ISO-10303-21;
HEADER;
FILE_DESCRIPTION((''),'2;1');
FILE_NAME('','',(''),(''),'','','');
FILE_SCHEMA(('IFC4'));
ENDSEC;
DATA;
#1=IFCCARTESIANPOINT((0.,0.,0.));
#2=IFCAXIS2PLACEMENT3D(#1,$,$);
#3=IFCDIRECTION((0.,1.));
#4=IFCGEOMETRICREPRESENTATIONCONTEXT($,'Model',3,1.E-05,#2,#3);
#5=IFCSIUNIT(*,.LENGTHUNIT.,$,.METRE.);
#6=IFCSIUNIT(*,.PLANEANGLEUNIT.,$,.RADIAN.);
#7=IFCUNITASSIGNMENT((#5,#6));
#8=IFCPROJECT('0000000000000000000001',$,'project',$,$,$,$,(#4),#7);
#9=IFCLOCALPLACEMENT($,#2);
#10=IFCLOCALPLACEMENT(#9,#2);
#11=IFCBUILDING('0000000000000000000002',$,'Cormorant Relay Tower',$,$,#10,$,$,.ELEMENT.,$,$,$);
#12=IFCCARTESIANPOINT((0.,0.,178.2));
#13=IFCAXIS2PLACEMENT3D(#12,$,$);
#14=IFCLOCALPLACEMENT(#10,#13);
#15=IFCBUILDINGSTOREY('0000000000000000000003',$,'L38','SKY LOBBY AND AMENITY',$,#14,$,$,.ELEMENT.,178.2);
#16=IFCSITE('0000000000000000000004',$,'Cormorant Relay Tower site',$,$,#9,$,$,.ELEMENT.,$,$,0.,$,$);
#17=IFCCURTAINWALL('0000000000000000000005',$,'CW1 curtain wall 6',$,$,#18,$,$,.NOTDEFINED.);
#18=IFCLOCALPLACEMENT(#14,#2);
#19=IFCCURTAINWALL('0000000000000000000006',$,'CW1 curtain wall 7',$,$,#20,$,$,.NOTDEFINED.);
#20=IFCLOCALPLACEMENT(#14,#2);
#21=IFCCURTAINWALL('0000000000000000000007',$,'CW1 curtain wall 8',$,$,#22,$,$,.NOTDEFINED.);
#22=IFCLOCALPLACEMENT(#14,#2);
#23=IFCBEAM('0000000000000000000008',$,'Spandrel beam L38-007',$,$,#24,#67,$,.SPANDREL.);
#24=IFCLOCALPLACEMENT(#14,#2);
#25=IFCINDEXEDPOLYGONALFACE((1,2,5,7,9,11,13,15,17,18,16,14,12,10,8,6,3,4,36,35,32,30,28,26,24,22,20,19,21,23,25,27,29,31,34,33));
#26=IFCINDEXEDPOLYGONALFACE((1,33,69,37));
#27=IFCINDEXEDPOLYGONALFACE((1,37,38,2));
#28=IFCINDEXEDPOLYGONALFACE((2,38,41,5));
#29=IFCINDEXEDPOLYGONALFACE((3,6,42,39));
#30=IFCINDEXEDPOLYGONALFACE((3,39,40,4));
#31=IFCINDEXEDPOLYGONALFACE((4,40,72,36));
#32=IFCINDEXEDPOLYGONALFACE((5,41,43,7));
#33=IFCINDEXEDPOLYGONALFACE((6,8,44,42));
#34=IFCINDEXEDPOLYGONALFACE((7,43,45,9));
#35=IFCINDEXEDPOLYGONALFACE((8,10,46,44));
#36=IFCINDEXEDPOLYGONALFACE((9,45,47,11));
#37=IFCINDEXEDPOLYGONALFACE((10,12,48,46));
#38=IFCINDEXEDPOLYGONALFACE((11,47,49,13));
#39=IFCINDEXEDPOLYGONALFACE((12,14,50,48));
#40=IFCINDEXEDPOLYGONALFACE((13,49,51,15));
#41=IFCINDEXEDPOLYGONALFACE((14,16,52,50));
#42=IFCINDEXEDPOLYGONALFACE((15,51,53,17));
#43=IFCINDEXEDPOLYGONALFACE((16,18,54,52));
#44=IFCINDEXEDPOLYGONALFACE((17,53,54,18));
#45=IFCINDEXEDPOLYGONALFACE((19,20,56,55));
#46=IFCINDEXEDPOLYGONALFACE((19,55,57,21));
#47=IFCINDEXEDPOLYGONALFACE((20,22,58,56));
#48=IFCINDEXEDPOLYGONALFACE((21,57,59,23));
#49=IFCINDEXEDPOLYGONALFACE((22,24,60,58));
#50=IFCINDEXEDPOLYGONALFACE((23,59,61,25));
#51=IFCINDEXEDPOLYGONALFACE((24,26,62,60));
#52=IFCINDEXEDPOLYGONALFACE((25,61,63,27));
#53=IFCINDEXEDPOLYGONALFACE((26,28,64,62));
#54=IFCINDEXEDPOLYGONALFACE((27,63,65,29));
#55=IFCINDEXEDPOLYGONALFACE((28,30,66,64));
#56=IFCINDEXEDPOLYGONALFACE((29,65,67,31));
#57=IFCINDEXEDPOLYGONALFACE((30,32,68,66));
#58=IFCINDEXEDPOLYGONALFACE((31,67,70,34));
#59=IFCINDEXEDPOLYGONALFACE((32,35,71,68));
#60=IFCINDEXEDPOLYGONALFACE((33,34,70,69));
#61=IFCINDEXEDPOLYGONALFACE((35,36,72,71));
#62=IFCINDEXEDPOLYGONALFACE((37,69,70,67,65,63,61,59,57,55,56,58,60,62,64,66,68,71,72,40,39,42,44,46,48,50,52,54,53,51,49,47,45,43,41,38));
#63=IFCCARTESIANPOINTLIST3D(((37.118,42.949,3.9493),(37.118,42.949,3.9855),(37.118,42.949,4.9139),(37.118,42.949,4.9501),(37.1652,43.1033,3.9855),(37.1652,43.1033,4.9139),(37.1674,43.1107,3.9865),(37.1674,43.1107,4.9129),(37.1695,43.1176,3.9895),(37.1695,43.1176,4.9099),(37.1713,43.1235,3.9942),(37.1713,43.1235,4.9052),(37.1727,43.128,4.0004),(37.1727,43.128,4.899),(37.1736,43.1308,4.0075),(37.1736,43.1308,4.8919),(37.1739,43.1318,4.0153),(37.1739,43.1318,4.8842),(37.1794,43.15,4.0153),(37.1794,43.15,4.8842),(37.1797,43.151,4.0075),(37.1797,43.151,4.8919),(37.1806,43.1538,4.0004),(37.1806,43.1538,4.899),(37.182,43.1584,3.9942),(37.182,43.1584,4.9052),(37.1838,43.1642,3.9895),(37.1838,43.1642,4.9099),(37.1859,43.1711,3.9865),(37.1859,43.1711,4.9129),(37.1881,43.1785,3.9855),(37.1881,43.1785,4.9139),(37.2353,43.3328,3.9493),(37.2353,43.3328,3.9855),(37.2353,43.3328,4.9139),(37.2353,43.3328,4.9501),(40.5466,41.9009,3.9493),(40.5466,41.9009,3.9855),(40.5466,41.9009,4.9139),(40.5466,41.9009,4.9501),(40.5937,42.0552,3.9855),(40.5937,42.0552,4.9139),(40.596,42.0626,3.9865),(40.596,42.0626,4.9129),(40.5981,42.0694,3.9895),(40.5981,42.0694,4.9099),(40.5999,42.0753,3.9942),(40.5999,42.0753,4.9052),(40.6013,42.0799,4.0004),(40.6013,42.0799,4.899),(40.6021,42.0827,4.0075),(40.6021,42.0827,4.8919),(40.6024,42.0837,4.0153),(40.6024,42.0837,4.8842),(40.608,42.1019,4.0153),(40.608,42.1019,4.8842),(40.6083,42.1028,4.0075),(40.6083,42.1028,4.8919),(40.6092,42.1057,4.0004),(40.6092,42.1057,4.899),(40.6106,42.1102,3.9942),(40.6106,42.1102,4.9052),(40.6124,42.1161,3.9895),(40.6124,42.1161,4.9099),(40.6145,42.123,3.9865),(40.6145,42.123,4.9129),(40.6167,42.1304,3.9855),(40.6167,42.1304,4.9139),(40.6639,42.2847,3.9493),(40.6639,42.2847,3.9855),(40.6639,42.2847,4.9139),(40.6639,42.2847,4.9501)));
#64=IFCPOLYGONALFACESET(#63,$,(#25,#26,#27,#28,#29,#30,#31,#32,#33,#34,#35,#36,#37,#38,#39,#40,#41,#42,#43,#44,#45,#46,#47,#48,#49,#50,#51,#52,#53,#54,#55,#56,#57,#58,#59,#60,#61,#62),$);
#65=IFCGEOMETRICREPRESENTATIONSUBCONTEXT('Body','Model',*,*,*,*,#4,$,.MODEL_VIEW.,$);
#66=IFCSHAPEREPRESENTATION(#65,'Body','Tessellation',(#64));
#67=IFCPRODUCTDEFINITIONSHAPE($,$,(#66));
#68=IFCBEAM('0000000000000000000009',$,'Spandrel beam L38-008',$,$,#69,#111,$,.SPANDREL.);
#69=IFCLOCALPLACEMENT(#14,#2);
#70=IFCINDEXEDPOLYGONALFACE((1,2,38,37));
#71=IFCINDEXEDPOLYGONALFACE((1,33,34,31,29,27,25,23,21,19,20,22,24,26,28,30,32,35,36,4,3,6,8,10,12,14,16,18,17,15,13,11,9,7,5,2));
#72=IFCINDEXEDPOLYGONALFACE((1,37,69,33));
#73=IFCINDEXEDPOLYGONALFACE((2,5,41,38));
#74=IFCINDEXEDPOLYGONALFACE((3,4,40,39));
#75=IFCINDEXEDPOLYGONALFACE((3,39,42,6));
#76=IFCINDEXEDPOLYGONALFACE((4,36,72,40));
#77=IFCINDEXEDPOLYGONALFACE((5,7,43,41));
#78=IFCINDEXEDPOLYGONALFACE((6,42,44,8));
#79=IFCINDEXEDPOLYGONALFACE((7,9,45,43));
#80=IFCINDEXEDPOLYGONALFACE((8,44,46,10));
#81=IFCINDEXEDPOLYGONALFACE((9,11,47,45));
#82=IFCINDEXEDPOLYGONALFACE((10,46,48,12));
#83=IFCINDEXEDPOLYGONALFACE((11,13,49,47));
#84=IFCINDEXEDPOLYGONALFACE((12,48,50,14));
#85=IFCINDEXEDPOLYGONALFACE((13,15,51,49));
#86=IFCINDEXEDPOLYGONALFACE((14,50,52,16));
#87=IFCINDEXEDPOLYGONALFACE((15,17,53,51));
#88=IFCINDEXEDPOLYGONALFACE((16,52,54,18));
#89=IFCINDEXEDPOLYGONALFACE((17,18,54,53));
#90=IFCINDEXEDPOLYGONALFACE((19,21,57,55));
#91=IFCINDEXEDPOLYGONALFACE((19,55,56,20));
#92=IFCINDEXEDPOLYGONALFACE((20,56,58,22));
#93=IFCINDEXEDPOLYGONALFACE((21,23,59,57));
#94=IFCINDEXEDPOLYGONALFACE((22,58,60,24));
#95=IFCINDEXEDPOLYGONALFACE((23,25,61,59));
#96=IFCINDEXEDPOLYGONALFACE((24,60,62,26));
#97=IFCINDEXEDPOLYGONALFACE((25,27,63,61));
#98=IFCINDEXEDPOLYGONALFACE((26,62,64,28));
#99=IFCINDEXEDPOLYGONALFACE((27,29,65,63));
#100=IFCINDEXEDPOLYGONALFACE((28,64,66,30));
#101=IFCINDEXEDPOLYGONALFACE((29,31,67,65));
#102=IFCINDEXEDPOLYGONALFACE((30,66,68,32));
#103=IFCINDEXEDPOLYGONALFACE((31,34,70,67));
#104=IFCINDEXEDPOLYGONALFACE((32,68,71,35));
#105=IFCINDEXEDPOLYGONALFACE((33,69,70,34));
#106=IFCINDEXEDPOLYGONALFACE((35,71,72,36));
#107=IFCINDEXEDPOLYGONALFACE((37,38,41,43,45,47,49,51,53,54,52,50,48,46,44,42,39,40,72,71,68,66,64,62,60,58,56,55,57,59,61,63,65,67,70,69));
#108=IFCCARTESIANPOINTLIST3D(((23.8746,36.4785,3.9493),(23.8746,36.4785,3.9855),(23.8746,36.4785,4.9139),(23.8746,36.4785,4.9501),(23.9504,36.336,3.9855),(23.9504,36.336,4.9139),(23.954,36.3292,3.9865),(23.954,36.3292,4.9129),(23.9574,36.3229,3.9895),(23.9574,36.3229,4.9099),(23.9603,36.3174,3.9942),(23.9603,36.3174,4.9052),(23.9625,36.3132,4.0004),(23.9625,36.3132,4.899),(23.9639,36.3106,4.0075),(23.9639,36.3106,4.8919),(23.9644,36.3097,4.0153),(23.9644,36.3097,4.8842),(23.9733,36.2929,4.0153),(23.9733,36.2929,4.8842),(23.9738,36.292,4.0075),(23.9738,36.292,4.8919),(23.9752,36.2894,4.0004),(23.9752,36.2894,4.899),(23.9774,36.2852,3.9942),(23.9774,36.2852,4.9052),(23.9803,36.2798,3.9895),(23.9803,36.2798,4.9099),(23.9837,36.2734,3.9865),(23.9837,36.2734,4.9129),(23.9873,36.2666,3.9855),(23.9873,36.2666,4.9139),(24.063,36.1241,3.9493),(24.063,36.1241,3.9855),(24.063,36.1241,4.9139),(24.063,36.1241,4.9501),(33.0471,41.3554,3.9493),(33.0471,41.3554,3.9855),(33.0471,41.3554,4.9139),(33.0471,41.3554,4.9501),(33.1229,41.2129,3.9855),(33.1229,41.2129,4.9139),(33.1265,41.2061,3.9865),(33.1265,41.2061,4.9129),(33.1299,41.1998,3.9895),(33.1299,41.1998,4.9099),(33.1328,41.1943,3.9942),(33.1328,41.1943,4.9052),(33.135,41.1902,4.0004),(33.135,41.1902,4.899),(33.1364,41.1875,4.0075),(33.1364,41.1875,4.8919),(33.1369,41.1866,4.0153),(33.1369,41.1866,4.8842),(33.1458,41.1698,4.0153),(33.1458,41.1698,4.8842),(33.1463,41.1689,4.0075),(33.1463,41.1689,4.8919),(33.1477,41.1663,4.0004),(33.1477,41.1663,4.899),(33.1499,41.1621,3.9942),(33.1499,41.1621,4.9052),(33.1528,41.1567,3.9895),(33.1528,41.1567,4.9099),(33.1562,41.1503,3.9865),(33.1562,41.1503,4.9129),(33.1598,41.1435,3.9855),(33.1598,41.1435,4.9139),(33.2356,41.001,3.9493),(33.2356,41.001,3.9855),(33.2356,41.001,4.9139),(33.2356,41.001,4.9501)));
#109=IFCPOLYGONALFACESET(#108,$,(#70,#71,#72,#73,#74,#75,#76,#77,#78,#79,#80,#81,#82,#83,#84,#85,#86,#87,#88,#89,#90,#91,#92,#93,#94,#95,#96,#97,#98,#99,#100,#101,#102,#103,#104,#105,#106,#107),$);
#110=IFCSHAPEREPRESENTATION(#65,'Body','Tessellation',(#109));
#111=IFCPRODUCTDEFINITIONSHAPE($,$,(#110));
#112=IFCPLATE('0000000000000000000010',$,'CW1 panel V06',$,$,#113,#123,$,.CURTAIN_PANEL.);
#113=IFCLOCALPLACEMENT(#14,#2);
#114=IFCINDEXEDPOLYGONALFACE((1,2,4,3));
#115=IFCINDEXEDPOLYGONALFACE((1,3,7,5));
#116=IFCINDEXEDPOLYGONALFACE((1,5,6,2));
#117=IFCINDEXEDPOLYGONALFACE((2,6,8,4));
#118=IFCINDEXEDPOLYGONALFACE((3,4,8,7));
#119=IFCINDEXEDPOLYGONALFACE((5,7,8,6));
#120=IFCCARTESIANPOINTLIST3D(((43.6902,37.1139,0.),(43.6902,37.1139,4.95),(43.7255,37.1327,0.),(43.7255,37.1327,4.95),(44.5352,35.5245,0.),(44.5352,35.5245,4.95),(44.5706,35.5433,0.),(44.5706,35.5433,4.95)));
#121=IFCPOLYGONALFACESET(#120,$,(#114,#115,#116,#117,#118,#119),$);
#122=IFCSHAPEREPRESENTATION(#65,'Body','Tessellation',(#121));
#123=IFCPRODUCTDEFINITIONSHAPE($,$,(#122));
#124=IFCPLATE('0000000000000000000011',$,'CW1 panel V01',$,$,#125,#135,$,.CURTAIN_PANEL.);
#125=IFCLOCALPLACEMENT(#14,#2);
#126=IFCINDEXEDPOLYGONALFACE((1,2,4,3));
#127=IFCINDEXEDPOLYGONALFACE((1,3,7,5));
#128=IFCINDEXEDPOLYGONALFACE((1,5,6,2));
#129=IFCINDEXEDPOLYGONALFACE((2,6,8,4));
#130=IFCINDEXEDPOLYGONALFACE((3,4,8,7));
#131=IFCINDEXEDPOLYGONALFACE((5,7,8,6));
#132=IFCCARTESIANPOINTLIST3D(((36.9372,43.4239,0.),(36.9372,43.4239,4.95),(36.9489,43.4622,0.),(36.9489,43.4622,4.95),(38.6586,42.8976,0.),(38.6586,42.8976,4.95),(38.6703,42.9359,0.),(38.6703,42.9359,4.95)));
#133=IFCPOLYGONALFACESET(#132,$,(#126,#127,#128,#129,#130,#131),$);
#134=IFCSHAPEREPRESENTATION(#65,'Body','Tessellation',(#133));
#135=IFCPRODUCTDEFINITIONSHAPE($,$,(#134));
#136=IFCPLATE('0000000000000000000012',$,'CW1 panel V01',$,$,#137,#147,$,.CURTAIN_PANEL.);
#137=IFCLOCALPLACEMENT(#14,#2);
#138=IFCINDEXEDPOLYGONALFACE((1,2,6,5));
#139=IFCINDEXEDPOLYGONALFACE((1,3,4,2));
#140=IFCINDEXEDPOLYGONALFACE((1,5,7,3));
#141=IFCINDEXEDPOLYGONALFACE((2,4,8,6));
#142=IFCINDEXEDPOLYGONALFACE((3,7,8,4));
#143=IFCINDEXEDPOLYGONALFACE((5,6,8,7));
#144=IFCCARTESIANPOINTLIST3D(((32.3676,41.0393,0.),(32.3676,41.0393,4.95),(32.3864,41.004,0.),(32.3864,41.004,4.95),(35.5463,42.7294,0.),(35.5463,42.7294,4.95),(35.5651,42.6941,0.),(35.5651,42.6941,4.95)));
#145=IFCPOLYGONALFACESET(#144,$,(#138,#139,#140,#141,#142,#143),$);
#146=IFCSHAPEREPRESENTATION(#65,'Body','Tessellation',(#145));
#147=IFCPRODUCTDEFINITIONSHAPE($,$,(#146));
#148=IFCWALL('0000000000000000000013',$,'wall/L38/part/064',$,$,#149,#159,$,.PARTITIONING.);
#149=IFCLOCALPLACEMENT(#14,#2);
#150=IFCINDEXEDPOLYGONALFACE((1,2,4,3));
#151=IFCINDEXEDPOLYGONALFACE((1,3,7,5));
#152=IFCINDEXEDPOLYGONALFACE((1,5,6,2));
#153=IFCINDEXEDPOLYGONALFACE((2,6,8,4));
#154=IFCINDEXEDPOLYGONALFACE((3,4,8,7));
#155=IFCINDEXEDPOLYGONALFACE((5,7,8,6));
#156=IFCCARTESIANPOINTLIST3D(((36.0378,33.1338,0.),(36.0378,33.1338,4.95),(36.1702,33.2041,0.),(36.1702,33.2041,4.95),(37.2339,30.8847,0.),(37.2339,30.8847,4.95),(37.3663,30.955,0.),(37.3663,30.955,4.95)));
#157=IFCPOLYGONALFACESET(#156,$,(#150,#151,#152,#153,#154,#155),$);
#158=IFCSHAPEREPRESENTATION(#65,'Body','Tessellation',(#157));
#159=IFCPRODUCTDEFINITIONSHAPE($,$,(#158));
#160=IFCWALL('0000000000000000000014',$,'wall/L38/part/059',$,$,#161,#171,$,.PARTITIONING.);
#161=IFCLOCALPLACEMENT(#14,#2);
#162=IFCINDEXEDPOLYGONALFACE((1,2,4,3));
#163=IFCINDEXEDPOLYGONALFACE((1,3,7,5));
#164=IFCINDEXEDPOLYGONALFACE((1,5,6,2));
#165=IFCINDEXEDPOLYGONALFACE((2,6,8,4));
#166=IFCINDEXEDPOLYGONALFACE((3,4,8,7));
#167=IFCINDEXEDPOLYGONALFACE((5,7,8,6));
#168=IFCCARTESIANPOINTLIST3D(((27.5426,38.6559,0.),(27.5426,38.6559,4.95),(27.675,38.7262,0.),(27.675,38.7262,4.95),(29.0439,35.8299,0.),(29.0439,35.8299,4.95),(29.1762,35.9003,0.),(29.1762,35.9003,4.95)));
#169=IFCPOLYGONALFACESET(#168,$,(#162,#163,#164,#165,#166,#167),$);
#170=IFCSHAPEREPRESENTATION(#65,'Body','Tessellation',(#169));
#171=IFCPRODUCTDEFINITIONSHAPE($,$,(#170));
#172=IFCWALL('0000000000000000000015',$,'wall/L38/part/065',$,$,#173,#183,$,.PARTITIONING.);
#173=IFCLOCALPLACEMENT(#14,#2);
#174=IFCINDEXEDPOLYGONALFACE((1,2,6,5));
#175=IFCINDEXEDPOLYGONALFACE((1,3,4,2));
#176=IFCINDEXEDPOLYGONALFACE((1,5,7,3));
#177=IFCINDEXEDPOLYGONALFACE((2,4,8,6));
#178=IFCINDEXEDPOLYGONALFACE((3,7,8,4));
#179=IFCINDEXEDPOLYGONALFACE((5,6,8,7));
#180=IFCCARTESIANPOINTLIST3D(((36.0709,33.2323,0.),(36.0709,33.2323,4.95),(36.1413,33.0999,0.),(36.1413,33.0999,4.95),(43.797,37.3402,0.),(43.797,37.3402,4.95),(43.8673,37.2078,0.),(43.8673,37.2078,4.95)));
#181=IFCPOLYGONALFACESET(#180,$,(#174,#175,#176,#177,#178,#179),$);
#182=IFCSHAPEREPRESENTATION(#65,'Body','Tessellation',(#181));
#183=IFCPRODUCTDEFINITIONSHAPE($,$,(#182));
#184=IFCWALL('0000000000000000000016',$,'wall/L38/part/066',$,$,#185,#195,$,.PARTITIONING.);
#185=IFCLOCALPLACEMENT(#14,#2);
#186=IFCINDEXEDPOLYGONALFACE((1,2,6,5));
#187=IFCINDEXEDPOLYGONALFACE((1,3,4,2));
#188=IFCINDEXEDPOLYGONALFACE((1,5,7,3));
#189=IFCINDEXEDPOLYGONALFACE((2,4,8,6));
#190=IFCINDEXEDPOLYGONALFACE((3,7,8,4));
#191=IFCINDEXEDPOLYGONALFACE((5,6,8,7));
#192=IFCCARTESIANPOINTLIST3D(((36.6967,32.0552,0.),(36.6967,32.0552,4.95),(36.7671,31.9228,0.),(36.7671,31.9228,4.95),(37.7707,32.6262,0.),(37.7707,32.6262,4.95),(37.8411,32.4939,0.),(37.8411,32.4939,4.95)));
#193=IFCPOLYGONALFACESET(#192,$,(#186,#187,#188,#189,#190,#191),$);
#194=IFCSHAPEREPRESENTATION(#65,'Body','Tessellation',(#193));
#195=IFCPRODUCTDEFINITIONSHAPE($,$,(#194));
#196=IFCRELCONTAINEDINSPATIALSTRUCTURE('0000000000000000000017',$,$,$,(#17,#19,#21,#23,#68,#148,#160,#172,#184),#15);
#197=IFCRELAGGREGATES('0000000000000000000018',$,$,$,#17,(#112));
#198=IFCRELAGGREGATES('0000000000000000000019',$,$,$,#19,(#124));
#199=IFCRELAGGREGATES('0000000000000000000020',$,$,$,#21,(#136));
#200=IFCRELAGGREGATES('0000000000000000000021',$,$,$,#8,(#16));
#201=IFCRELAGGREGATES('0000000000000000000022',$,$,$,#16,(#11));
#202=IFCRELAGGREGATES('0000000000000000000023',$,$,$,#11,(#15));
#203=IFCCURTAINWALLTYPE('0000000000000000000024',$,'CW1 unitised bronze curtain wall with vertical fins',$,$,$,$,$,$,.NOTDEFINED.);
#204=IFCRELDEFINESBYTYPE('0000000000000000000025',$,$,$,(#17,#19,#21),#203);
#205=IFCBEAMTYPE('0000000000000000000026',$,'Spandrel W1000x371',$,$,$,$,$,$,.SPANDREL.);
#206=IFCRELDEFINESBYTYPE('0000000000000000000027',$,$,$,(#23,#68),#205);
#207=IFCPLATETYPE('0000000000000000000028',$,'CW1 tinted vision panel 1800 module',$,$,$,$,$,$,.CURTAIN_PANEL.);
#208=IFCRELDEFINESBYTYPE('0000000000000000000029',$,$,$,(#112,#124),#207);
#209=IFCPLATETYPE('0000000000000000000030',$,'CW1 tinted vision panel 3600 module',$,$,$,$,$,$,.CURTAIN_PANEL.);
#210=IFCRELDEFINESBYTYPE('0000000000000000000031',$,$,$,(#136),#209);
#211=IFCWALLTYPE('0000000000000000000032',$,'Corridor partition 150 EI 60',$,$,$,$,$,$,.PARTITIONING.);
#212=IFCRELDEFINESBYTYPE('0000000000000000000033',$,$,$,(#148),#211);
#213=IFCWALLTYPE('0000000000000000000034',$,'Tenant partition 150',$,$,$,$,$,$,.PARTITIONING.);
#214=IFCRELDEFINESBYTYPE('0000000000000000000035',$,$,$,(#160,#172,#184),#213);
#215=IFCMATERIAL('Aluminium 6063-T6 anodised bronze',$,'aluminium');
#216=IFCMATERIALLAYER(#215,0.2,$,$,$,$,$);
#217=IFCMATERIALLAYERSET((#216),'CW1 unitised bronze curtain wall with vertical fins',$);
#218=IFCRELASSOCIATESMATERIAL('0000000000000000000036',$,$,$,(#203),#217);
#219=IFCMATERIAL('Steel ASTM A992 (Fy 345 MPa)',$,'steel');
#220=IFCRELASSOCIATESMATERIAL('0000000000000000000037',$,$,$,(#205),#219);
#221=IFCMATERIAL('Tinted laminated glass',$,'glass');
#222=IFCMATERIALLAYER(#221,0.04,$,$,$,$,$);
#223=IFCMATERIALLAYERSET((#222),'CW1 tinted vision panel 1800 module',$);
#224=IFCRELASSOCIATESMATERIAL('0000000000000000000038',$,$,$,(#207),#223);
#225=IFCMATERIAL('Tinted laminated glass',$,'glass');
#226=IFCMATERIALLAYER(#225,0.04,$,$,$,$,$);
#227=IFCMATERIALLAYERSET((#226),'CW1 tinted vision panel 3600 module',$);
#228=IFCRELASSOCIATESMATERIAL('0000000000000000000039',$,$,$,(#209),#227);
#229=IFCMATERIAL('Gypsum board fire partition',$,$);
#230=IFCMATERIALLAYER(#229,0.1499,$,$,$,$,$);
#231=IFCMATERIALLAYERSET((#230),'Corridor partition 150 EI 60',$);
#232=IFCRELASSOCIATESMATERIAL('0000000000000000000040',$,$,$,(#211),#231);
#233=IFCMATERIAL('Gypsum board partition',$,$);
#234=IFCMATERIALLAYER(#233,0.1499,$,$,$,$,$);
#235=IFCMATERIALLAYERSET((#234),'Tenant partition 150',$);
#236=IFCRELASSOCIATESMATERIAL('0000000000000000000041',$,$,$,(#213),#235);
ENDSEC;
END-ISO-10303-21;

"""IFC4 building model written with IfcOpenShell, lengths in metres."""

from ifc_helpers import new_model, si_unit, direction, frame, frame_2d, origin, origin_2d, place, context, subcontext, project, spatial, rectangle, i_section, extrude, material, layer, layer_set, material_profile, profile_set, type_object, element, aggregate, save


model = new_model("IFC4")

# Units and contexts
model_context = context("Model", 3, precision=1e-05, world=origin(), true_north=direction((0.0, 1.0)))
body_context = subcontext(model_context, "Body", "Model", "MODEL_VIEW")
ifc_project = project(units=[si_unit("LENGTHUNIT", "METRE"), si_unit("PLANEANGLEUNIT", "RADIAN")], contexts=[model_context])

# Site, building, storey
site_placement = place(None, origin())
site = spatial("IfcSite", under=ifc_project, at=site_placement, Name="Cormorant Relay Tower site", CompositionType="ELEMENT", RefElevation=0.0)
building_placement = place(site_placement, origin())
building = spatial("IfcBuilding", under=site, at=building_placement, Name="Cormorant Relay Tower", CompositionType="ELEMENT")
storey_placement = place(building_placement, frame((0.0, 0.0, 178.2)))
storey = spatial("IfcBuildingStorey", under=building, at=storey_placement, Name="L38", Description="SKY LOBBY AND AMENITY", CompositionType="ELEMENT", Elevation=178.2)

# Curtain wall
ifc_material_1 = material(Name="Aluminium 6063-T6 anodised bronze", Category="aluminium")
ifc_layer_1 = layer(ifc_material_1, 0.2)
ifc_layer_set_1 = layer_set([ifc_layer_1], Name="CW1 unitised bronze curtain wall with vertical fins")
curtain_wall_type = type_object("IfcCurtainWallType", Name="CW1 unitised bronze curtain wall with vertical fins", PredefinedType="NOTDEFINED", material=ifc_layer_set_1)
curtain_wall_1_placement = place(storey_placement, origin())
curtain_wall_1 = element("IfcCurtainWall", 1, at=curtain_wall_1_placement, inside=storey, type_object=curtain_wall_type, Name="CW1 curtain wall 6", PredefinedType="NOTDEFINED")

# Curtain wall
curtain_wall_2_placement = place(storey_placement, origin())
curtain_wall_2 = element("IfcCurtainWall", 2, at=curtain_wall_2_placement, inside=storey, type_object=curtain_wall_type, Name="CW1 curtain wall 7", PredefinedType="NOTDEFINED")

# Curtain wall
curtain_wall_3_placement = place(storey_placement, origin())
curtain_wall_3 = element("IfcCurtainWall", 3, at=curtain_wall_3_placement, inside=storey, type_object=curtain_wall_type, Name="CW1 curtain wall 8", PredefinedType="NOTDEFINED")

# Beams
ifc_material_2 = material(Name="Steel ASTM A992 (Fy 345 MPa)", Category="steel")
ifc_material_profile_1 = material_profile(ifc_material_2, i_section(OverallWidth=0.4014, OverallDepth=1.0007, WebThickness=0.019, FlangeThickness=0.0361, FilletRadius=0.0298, at=origin_2d()), Name="W1000x371")
ifc_profile_set_1 = profile_set([ifc_material_profile_1], Name="Steel ASTM A992 (Fy 345 MPa)")
beam_type = type_object("IfcBeamType", Name="Spandrel W1000x371", PredefinedType="SPANDREL", material=ifc_profile_set_1)
beam_1_placement = place(storey_placement, frame((40.6052, 42.0928, 4.4497), z_axis=(-0.956312, 0.292348, 0.0), x_axis=(-0.292348, -0.956312, 0.0)))
element("IfcBeam", 4, at=beam_1_placement, inside=storey, type_object=beam_type, Name="Spandrel beam L38-007", PredefinedType="SPANDREL", context=body_context, shape_type="SweptSolid", body=[
    extrude(i_section(OverallWidth=0.4014, OverallDepth=1.0007, WebThickness=0.019, FlangeThickness=0.0361, FilletRadius=0.0298, at=origin_2d()), origin(), (0.0, 0.0, 1.0), 3.5852),
])
beam_2_placement = place(storey_placement, frame((33.1414, 41.1782, 4.4497), z_axis=(-0.882956, -0.469456, 0.0), x_axis=(0.469456, -0.882956, 0.0)))
element("IfcBeam", 5, at=beam_2_placement, inside=storey, type_object=beam_type, Name="Spandrel beam L38-008", PredefinedType="SPANDREL", context=body_context, shape_type="SweptSolid", body=[
    extrude(i_section(OverallWidth=0.4014, OverallDepth=1.0007, WebThickness=0.019, FlangeThickness=0.0361, FilletRadius=0.0298, at=origin_2d()), origin(), (0.0, 0.0, 1.0), 10.3884),
])

# Plates
ifc_material_3 = material(Name="Tinted laminated glass", Category="glass")
ifc_layer_2 = layer(ifc_material_3, 0.04)
ifc_layer_set_2 = layer_set([ifc_layer_2], Name="CW1 tinted vision panel 1800 module")
plate_type_1 = type_object("IfcPlateType", Name="CW1 tinted vision panel 1800 module", PredefinedType="CURTAIN_PANEL", material=ifc_layer_set_2)
plate_1_placement = place(storey_placement, frame((44.1304, 36.3286, 0.0), z_axis=(0.0, 0.0, 1.0), x_axis=(-0.469472, 0.882948, 0.0)))
plate_1 = element("IfcPlate", 6, at=plate_1_placement, type_object=plate_type_1, Name="CW1 panel V06", PredefinedType="CURTAIN_PANEL", context=body_context, shape_type="SweptSolid", body=[
    extrude(rectangle(XDim=1.8, YDim=0.04, at=origin_2d()), origin(), (0.0, 0.0, 1.0), 4.95),
])
plate_2_placement = place(storey_placement, frame((37.8037, 43.1799, 0.0), z_axis=(0.0, 0.0, 1.0), x_axis=(-0.956305, 0.292372, 0.0)))
plate_2 = element("IfcPlate", 7, at=plate_2_placement, type_object=plate_type_1, Name="CW1 panel V01", PredefinedType="CURTAIN_PANEL", context=body_context, shape_type="SweptSolid", body=[
    extrude(rectangle(XDim=1.8, YDim=0.04, at=origin_2d()), origin(), (0.0, 0.0, 1.0), 4.95),
])
ifc_material_4 = material(Name="Tinted laminated glass", Category="glass")
ifc_layer_3 = layer(ifc_material_4, 0.04)
ifc_layer_set_3 = layer_set([ifc_layer_3], Name="CW1 tinted vision panel 3600 module")
plate_type_2 = type_object("IfcPlateType", Name="CW1 tinted vision panel 3600 module", PredefinedType="CURTAIN_PANEL", material=ifc_layer_set_3)
plate_3_placement = place(storey_placement, frame((33.9663, 41.8667, 0.0), z_axis=(0.0, 0.0, 1.0), x_axis=(-0.882948, -0.469472, 0.0)))
plate_3 = element("IfcPlate", 8, at=plate_3_placement, type_object=plate_type_2, Name="CW1 panel V01", PredefinedType="CURTAIN_PANEL", context=body_context, shape_type="SweptSolid", body=[
    extrude(rectangle(XDim=3.6001, YDim=0.04, at=origin_2d()), origin(), (0.0, 0.0, 1.0), 4.95),
])

# Walls
ifc_material_5 = material(Name="Gypsum board fire partition")
ifc_layer_4 = layer(ifc_material_5, 0.1499)
ifc_layer_set_4 = layer_set([ifc_layer_4], Name="Corridor partition 150 EI 60")
wall_type_1 = type_object("IfcWallType", Name="Corridor partition 150 EI 60", PredefinedType="PARTITIONING", material=ifc_layer_set_4)
wall_1_placement = place(storey_placement, frame((36.104, 33.1689, 0.0), z_axis=(0.0, 0.0, 1.0), x_axis=(0.469538, -0.882912, 0.0)))
element("IfcWall", 9, at=wall_1_placement, inside=storey, type_object=wall_type_1, Name="wall/L38/part/064", PredefinedType="PARTITIONING", context=body_context, shape_type="SweptSolid", body=[
    extrude(rectangle(XDim=2.5474, YDim=0.1499, at=frame_2d((1.2737, 0.0))), origin(), (0.0, 0.0, 1.0), 4.95),
])
ifc_material_6 = material(Name="Gypsum board partition")
ifc_layer_5 = layer(ifc_material_6, 0.1499)
ifc_layer_set_5 = layer_set([ifc_layer_5], Name="Tenant partition 150")
wall_type_2 = type_object("IfcWallType", Name="Tenant partition 150", PredefinedType="PARTITIONING", material=ifc_layer_set_5)
wall_2_placement = place(storey_placement, frame((29.1101, 35.865, 0.0), z_axis=(0.0, 0.0, 1.0), x_axis=(-0.469142, 0.883123, 0.0)))
element("IfcWall", 10, at=wall_2_placement, inside=storey, type_object=wall_type_2, Name="wall/L38/part/059", PredefinedType="PARTITIONING", context=body_context, shape_type="SweptSolid", body=[
    extrude(rectangle(XDim=3.2, YDim=0.1499, at=frame_2d((1.6001, 0.0))), origin(), (0.0, 0.0, 1.0), 4.95),
])
wall_3_placement = place(storey_placement, frame((43.832, 37.2739, 0.0), z_axis=(0.0, 0.0, 1.0), x_axis=(-0.882953, -0.469461, 0.0)))
element("IfcWall", 11, at=wall_3_placement, inside=storey, type_object=wall_type_2, Name="wall/L38/part/065", PredefinedType="PARTITIONING", context=body_context, shape_type="SweptSolid", body=[
    extrude(rectangle(XDim=8.7502, YDim=0.1499, at=frame_2d((4.375, 0.0))), origin(), (0.0, 0.0, 1.0), 4.95),
])
wall_4_placement = place(storey_placement, frame((36.7319, 31.989, 0.0), z_axis=(0.0, 0.0, 1.0), x_axis=(0.882947, 0.469473, 0.0)))
element("IfcWall", 12, at=wall_4_placement, inside=storey, type_object=wall_type_2, Name="wall/L38/part/066", PredefinedType="PARTITIONING", context=body_context, shape_type="SweptSolid", body=[
    extrude(rectangle(XDim=1.2163, YDim=0.1499, at=frame_2d((0.6082, 0.0))), origin(), (0.0, 0.0, 1.0), 4.95),
])

aggregate(curtain_wall_1, [plate_1])
aggregate(curtain_wall_2, [plate_2])
aggregate(curtain_wall_3, [plate_3])

save(model, "model.ifc")
